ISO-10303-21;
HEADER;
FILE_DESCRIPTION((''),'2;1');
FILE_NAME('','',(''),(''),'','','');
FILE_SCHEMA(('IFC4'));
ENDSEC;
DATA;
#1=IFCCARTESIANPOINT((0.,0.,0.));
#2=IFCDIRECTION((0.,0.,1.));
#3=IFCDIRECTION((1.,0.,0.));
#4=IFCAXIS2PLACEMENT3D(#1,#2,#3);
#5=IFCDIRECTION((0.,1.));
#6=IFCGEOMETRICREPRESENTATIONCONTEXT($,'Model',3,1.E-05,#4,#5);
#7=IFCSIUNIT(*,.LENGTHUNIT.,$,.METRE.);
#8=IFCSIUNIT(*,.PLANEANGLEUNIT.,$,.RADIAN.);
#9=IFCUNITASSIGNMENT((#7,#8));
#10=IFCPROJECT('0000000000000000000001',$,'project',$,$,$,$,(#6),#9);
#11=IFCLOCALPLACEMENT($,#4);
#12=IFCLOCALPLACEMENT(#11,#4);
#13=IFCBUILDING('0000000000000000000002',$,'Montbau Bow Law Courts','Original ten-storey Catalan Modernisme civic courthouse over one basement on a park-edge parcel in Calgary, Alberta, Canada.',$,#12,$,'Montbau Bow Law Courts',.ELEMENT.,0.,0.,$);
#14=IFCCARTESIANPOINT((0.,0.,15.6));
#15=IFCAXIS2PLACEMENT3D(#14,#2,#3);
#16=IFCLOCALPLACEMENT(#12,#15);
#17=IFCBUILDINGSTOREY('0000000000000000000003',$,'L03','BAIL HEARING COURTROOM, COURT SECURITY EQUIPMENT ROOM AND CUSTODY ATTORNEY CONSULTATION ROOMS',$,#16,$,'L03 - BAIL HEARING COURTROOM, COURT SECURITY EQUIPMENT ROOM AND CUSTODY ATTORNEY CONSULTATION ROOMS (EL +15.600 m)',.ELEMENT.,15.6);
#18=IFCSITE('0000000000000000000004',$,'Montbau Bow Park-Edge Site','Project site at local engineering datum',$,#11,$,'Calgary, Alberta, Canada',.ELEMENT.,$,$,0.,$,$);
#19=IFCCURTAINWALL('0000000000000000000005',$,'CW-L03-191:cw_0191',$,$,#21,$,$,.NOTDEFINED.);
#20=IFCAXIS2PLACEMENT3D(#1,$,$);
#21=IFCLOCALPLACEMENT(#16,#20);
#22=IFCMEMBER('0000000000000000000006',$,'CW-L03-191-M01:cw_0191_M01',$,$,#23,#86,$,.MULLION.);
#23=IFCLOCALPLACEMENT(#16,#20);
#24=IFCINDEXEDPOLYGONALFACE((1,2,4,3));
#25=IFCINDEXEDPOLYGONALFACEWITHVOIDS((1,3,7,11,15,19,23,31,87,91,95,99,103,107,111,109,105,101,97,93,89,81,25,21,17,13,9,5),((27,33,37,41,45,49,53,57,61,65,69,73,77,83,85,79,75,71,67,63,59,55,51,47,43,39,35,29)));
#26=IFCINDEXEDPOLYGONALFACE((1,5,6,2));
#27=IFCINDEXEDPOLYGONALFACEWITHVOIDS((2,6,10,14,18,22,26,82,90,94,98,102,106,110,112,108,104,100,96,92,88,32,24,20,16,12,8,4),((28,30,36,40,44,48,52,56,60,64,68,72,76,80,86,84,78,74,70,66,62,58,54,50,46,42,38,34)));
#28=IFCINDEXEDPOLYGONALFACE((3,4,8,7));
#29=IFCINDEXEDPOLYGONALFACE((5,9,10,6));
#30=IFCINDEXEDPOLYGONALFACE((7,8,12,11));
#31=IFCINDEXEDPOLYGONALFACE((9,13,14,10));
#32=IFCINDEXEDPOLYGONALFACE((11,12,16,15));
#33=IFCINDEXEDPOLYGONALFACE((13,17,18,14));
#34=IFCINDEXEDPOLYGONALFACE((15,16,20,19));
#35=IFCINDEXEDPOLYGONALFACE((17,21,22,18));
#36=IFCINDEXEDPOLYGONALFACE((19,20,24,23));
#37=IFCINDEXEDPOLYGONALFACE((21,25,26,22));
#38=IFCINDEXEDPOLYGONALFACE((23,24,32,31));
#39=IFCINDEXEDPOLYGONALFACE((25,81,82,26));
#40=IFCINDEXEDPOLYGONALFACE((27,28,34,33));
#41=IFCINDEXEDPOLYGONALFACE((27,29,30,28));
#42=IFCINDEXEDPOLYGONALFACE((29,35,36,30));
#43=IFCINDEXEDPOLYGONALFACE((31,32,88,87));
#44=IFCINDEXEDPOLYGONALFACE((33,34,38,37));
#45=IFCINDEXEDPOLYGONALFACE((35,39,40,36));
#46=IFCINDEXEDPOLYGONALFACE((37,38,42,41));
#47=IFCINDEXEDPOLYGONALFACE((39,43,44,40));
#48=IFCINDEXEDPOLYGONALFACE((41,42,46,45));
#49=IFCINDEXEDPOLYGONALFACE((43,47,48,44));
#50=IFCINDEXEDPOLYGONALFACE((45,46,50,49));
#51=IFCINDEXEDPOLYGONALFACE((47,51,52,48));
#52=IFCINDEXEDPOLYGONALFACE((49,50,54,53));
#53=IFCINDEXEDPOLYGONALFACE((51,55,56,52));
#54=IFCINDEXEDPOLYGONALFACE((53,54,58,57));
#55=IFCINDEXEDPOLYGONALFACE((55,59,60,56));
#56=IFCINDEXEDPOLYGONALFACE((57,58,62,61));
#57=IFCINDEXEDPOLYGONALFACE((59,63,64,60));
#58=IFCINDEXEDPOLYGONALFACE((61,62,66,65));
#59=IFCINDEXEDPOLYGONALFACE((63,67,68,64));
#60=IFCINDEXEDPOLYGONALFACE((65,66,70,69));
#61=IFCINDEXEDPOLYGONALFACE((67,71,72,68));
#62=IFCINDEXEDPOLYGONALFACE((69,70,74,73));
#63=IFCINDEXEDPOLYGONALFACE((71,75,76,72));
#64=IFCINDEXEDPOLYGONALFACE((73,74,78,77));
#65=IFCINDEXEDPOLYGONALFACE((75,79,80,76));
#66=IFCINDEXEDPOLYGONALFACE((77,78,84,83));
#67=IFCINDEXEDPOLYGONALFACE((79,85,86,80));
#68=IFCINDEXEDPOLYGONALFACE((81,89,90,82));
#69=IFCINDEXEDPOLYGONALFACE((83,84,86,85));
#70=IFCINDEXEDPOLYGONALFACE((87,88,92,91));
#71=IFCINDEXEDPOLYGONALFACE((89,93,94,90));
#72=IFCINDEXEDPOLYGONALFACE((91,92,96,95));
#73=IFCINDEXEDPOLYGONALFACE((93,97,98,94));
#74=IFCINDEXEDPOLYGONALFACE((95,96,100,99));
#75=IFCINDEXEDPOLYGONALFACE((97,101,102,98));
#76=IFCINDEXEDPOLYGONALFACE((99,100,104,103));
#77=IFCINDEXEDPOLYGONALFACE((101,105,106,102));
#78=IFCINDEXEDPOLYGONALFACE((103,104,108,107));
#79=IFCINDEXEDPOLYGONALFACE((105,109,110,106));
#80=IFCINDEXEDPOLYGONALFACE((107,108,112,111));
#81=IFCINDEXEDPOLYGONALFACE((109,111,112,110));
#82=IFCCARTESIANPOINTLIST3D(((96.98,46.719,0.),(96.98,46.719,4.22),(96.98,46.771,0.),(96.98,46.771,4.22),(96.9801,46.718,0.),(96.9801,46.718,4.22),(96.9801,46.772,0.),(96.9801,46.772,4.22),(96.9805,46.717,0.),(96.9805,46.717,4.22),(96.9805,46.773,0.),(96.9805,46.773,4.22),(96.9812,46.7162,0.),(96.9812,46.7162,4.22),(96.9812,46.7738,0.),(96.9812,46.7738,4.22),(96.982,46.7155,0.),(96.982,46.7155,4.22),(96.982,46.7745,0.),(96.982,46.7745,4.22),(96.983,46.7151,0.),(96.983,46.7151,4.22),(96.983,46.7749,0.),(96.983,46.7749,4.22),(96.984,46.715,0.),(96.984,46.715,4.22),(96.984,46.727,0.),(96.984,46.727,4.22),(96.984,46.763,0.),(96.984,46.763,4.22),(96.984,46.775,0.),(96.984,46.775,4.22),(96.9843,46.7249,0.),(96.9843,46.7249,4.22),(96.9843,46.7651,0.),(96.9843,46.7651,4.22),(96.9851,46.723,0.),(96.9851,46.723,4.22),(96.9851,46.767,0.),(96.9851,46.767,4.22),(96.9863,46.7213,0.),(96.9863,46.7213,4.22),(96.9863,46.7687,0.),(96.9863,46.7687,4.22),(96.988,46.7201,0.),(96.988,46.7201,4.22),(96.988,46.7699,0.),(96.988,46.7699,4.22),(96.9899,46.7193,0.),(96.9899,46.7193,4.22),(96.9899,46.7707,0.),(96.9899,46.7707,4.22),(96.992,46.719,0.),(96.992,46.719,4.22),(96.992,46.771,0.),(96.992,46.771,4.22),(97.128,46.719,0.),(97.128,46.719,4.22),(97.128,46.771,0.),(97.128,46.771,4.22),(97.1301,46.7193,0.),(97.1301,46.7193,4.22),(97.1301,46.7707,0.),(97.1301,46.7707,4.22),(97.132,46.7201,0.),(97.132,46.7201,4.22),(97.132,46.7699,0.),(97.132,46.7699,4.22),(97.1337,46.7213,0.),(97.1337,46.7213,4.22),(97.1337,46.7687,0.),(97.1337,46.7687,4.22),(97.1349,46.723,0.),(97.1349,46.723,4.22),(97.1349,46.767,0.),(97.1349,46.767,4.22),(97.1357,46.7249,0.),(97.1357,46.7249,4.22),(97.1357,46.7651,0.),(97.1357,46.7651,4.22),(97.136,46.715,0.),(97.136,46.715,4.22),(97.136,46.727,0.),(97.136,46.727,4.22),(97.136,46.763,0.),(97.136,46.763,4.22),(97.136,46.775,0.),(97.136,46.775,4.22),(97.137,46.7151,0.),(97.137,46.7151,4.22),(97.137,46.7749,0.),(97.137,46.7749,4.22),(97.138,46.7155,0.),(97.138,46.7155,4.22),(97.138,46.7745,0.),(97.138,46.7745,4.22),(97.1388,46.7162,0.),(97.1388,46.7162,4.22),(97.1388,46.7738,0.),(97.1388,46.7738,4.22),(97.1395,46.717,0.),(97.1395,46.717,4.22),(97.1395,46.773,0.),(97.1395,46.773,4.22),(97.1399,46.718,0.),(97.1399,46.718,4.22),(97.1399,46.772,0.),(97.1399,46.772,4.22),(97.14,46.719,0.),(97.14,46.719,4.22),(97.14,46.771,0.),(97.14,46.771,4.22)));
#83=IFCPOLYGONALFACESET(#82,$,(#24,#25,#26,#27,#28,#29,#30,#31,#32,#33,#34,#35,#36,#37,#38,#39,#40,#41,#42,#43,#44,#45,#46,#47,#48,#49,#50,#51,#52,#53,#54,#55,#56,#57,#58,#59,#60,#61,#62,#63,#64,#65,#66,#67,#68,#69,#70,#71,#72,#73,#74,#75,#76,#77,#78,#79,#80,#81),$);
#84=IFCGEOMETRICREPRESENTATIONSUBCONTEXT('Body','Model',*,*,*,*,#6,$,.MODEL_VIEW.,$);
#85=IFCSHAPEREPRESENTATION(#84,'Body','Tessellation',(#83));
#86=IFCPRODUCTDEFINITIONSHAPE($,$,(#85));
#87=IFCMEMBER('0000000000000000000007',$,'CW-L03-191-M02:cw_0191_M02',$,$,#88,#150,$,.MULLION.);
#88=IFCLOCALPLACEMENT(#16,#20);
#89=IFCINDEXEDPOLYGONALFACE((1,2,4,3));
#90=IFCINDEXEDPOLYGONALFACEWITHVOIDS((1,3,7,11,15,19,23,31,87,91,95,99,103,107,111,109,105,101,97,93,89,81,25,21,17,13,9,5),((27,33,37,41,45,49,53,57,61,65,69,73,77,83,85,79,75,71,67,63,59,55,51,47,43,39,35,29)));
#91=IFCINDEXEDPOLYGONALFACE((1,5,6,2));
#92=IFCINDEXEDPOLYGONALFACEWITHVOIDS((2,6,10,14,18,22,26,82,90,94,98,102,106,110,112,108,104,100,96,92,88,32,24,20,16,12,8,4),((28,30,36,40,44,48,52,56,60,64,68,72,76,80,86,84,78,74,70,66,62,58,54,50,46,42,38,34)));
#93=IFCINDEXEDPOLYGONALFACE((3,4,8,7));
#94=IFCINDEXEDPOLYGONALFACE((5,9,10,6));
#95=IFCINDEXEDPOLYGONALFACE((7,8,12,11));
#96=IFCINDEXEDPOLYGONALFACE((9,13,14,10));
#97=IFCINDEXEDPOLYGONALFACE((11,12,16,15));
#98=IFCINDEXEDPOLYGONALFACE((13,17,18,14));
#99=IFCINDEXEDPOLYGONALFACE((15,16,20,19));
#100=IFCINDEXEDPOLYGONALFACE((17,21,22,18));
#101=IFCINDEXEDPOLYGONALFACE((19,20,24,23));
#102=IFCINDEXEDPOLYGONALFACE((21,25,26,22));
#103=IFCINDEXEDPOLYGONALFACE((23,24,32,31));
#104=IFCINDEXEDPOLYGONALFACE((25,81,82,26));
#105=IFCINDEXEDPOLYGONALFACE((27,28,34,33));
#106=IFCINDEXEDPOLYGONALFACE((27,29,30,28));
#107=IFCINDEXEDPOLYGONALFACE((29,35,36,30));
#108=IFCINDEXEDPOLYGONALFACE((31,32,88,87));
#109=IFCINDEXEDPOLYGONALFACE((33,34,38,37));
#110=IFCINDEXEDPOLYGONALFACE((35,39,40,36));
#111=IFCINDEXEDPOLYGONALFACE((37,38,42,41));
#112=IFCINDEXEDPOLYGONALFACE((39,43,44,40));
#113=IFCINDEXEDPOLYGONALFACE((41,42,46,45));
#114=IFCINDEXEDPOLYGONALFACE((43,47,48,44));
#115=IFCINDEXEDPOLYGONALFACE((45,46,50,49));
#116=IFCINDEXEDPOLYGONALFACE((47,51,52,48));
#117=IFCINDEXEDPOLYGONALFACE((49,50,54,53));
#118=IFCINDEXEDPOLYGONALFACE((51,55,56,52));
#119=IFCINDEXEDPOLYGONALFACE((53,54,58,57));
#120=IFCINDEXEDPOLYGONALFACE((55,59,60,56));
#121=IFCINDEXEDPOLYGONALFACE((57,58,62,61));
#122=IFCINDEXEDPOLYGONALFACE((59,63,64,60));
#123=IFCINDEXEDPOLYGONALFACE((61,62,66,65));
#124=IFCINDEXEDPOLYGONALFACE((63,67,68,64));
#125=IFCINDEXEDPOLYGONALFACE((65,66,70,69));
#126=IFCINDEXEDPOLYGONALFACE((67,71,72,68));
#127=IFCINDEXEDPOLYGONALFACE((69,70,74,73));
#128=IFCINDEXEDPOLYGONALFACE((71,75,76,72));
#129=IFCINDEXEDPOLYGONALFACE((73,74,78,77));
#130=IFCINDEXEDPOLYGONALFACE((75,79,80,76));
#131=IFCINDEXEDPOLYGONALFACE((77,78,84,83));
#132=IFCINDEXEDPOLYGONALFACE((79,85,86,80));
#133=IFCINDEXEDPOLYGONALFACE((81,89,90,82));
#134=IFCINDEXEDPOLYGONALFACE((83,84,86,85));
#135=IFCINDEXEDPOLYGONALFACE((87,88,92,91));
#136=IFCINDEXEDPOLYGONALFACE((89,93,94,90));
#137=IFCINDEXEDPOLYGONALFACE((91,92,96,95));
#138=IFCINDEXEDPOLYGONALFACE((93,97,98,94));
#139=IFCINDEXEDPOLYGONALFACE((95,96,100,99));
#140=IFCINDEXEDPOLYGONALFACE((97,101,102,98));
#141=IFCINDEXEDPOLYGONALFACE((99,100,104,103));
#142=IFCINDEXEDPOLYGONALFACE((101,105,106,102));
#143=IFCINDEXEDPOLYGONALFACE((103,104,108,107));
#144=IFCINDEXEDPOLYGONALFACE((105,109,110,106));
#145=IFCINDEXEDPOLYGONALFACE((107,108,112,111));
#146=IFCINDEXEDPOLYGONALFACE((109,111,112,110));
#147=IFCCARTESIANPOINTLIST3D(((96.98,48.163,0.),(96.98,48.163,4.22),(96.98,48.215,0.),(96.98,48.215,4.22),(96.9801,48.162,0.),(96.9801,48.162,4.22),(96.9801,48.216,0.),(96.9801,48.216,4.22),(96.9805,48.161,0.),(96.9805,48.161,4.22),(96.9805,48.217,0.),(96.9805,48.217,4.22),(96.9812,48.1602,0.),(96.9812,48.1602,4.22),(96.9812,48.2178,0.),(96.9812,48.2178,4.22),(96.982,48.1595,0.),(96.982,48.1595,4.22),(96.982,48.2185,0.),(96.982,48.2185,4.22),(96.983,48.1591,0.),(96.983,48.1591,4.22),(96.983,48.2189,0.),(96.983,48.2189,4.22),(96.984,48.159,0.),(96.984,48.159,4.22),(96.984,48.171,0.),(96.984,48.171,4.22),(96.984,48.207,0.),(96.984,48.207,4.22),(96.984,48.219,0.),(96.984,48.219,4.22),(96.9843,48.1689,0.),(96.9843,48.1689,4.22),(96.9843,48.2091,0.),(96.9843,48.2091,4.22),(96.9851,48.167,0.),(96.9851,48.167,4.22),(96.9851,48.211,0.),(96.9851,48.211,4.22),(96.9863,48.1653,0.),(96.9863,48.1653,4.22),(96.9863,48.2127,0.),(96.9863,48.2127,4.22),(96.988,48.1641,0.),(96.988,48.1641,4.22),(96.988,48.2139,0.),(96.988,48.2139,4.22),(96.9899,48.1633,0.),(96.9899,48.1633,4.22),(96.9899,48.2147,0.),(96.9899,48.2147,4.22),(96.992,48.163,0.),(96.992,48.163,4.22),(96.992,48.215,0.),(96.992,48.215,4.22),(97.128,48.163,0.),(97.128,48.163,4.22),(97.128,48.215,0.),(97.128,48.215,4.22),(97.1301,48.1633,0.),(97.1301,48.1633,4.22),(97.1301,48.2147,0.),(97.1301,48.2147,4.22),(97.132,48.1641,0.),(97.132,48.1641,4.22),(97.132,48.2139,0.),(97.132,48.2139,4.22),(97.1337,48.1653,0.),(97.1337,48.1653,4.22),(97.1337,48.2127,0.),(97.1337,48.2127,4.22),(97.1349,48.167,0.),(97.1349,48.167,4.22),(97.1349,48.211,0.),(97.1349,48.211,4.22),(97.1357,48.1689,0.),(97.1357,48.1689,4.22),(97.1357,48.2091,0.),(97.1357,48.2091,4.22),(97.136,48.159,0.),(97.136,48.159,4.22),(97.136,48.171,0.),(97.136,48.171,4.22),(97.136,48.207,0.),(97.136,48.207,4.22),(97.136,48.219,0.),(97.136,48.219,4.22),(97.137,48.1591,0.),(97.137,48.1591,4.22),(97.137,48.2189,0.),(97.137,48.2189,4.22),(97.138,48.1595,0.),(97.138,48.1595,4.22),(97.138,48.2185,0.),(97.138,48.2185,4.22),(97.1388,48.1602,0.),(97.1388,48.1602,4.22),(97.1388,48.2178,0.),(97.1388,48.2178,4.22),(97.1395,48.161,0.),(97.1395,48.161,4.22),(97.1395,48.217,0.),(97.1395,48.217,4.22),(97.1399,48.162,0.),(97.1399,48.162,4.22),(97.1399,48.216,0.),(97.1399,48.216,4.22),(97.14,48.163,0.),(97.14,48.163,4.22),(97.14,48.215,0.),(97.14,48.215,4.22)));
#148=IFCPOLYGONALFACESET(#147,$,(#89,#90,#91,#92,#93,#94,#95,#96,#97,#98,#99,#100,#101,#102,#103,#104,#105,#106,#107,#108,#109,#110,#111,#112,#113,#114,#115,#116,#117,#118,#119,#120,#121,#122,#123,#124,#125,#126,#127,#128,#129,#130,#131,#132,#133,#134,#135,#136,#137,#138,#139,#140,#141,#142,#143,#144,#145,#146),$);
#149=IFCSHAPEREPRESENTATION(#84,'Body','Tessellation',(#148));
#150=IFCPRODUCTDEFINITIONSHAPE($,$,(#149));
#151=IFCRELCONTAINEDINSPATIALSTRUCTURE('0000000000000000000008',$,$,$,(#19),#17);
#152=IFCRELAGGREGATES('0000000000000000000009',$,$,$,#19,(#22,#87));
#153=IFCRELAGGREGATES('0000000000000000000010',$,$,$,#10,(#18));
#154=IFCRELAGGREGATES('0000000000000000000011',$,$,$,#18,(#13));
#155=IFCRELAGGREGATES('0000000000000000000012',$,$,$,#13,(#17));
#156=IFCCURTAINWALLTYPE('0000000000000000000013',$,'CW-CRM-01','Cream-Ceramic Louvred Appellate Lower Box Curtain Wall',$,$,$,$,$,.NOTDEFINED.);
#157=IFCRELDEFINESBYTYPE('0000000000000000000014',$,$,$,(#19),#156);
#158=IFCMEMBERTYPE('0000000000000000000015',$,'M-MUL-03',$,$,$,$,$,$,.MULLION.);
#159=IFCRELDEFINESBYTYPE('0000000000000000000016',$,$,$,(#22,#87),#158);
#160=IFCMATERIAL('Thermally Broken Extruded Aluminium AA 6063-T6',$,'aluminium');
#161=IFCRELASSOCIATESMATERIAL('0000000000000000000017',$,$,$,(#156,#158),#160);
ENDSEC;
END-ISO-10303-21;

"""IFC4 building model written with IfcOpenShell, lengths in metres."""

from ifc_helpers import new_model, si_unit, direction, frame, origin_with_axes, origin_2d_with_axis, place, context, subcontext, project, spatial, hollow_rectangle, extrude, material, material_profile, profile_set, type_object, element, aggregate, save


model = new_model("IFC4")

# Units and contexts
model_context = context("Model", 3, precision=1e-05, world=origin_with_axes(), true_north=direction((0.0, 1.0)))
body_context = subcontext(model_context, "Body", "Model", "MODEL_VIEW")
ifc_project = project(units=[si_unit("LENGTHUNIT", "METRE"), si_unit("PLANEANGLEUNIT", "RADIAN")], contexts=[model_context])

# Site, building, storey
site_placement = place(None, origin_with_axes())
site = spatial("IfcSite", under=ifc_project, at=site_placement, Name="Montbau Bow Park-Edge Site", Description="Project site at local engineering datum", LongName="Calgary, Alberta, Canada", CompositionType="ELEMENT", RefElevation=0.0)
building_placement = place(site_placement, origin_with_axes())
building = spatial("IfcBuilding", under=site, at=building_placement, Name="Montbau Bow Law Courts", Description="Original ten-storey Catalan Modernisme civic courthouse over one basement on a park-edge parcel in Calgary, Alberta, Canada.", LongName="Montbau Bow Law Courts", CompositionType="ELEMENT", ElevationOfRefHeight=0.0, ElevationOfTerrain=0.0)
storey_placement = place(building_placement, frame((0.0, 0.0, 15.6), z_axis=(0.0, 0.0, 1.0), x_axis=(1.0, 0.0, 0.0)))
storey = spatial("IfcBuildingStorey", under=building, at=storey_placement, Name="L03", Description="BAIL HEARING COURTROOM, COURT SECURITY EQUIPMENT ROOM AND CUSTODY ATTORNEY CONSULTATION ROOMS", LongName="L03 - BAIL HEARING COURTROOM, COURT SECURITY EQUIPMENT ROOM AND CUSTODY ATTORNEY CONSULTATION ROOMS (EL +15.600 m)", CompositionType="ELEMENT", Elevation=15.6)

# Curtain wall, members
ifc_material_1 = material(Name="Thermally Broken Extruded Aluminium AA 6063-T6", Category="aluminium")
curtain_wall_type = type_object("IfcCurtainWallType", Name="CW-CRM-01", Description="Cream-Ceramic Louvred Appellate Lower Box Curtain Wall", PredefinedType="NOTDEFINED", material=ifc_material_1)
curtain_wall_1_placement = place(None, frame((97.06, 46.715, 15.6), z_axis=(0.0, 0.0, 1.0), x_axis=(1.0, 0.0, 0.0)))
curtain_wall_1 = element("IfcCurtainWall", 1, at=curtain_wall_1_placement, inside=storey, type_object=curtain_wall_type, Name="CW-L03-191:cw_0191", PredefinedType="NOTDEFINED")
ifc_material_profile_1 = material_profile(ifc_material_1, hollow_rectangle(XDim=0.06, YDim=0.16, WallThickness=0.004, InnerFilletRadius=0.008, OuterFilletRadius=0.004, at=origin_2d_with_axis()), Name="CWM-160X60", Category="Main", Priority=0)
ifc_profile_set_1 = profile_set([ifc_material_profile_1], Name="Thermally Broken Extruded Aluminium AA 6063-T6")
member_type_1 = type_object("IfcMemberType", Name="M-MUL-03", PredefinedType="MULLION", material=ifc_profile_set_1)
member_1_placement = place(None, frame((97.06, 46.745, 15.6), z_axis=(0.0, 0.0, 1.0), x_axis=(0.0, 1.0, 0.0)))
member_1 = element("IfcMember", 2, at=member_1_placement, type_object=member_type_1, Name="CW-L03-191-M01:cw_0191_M01", PredefinedType="MULLION", context=body_context, shape_type="SweptSolid", body=[
    extrude(hollow_rectangle(XDim=0.06, YDim=0.16, WallThickness=0.004, InnerFilletRadius=0.008, OuterFilletRadius=0.004, at=origin_2d_with_axis()), origin_with_axes(), (0.0, 0.0, 1.0), 4.22),
])
member_2_placement = place(None, frame((97.06, 48.189, 15.6), z_axis=(0.0, 0.0, 1.0), x_axis=(0.0, 1.0, 0.0)))
member_2 = element("IfcMember", 3, at=member_2_placement, type_object=member_type_1, Name="CW-L03-191-M02:cw_0191_M02", PredefinedType="MULLION", context=body_context, shape_type="SweptSolid", body=[
    extrude(hollow_rectangle(XDim=0.06, YDim=0.16, WallThickness=0.004, InnerFilletRadius=0.008, OuterFilletRadius=0.004, at=origin_2d_with_axis()), origin_with_axes(), (0.0, 0.0, 1.0), 4.22),
])

aggregate(curtain_wall_1, [member_1, member_2])

save(model, "model.ifc")
